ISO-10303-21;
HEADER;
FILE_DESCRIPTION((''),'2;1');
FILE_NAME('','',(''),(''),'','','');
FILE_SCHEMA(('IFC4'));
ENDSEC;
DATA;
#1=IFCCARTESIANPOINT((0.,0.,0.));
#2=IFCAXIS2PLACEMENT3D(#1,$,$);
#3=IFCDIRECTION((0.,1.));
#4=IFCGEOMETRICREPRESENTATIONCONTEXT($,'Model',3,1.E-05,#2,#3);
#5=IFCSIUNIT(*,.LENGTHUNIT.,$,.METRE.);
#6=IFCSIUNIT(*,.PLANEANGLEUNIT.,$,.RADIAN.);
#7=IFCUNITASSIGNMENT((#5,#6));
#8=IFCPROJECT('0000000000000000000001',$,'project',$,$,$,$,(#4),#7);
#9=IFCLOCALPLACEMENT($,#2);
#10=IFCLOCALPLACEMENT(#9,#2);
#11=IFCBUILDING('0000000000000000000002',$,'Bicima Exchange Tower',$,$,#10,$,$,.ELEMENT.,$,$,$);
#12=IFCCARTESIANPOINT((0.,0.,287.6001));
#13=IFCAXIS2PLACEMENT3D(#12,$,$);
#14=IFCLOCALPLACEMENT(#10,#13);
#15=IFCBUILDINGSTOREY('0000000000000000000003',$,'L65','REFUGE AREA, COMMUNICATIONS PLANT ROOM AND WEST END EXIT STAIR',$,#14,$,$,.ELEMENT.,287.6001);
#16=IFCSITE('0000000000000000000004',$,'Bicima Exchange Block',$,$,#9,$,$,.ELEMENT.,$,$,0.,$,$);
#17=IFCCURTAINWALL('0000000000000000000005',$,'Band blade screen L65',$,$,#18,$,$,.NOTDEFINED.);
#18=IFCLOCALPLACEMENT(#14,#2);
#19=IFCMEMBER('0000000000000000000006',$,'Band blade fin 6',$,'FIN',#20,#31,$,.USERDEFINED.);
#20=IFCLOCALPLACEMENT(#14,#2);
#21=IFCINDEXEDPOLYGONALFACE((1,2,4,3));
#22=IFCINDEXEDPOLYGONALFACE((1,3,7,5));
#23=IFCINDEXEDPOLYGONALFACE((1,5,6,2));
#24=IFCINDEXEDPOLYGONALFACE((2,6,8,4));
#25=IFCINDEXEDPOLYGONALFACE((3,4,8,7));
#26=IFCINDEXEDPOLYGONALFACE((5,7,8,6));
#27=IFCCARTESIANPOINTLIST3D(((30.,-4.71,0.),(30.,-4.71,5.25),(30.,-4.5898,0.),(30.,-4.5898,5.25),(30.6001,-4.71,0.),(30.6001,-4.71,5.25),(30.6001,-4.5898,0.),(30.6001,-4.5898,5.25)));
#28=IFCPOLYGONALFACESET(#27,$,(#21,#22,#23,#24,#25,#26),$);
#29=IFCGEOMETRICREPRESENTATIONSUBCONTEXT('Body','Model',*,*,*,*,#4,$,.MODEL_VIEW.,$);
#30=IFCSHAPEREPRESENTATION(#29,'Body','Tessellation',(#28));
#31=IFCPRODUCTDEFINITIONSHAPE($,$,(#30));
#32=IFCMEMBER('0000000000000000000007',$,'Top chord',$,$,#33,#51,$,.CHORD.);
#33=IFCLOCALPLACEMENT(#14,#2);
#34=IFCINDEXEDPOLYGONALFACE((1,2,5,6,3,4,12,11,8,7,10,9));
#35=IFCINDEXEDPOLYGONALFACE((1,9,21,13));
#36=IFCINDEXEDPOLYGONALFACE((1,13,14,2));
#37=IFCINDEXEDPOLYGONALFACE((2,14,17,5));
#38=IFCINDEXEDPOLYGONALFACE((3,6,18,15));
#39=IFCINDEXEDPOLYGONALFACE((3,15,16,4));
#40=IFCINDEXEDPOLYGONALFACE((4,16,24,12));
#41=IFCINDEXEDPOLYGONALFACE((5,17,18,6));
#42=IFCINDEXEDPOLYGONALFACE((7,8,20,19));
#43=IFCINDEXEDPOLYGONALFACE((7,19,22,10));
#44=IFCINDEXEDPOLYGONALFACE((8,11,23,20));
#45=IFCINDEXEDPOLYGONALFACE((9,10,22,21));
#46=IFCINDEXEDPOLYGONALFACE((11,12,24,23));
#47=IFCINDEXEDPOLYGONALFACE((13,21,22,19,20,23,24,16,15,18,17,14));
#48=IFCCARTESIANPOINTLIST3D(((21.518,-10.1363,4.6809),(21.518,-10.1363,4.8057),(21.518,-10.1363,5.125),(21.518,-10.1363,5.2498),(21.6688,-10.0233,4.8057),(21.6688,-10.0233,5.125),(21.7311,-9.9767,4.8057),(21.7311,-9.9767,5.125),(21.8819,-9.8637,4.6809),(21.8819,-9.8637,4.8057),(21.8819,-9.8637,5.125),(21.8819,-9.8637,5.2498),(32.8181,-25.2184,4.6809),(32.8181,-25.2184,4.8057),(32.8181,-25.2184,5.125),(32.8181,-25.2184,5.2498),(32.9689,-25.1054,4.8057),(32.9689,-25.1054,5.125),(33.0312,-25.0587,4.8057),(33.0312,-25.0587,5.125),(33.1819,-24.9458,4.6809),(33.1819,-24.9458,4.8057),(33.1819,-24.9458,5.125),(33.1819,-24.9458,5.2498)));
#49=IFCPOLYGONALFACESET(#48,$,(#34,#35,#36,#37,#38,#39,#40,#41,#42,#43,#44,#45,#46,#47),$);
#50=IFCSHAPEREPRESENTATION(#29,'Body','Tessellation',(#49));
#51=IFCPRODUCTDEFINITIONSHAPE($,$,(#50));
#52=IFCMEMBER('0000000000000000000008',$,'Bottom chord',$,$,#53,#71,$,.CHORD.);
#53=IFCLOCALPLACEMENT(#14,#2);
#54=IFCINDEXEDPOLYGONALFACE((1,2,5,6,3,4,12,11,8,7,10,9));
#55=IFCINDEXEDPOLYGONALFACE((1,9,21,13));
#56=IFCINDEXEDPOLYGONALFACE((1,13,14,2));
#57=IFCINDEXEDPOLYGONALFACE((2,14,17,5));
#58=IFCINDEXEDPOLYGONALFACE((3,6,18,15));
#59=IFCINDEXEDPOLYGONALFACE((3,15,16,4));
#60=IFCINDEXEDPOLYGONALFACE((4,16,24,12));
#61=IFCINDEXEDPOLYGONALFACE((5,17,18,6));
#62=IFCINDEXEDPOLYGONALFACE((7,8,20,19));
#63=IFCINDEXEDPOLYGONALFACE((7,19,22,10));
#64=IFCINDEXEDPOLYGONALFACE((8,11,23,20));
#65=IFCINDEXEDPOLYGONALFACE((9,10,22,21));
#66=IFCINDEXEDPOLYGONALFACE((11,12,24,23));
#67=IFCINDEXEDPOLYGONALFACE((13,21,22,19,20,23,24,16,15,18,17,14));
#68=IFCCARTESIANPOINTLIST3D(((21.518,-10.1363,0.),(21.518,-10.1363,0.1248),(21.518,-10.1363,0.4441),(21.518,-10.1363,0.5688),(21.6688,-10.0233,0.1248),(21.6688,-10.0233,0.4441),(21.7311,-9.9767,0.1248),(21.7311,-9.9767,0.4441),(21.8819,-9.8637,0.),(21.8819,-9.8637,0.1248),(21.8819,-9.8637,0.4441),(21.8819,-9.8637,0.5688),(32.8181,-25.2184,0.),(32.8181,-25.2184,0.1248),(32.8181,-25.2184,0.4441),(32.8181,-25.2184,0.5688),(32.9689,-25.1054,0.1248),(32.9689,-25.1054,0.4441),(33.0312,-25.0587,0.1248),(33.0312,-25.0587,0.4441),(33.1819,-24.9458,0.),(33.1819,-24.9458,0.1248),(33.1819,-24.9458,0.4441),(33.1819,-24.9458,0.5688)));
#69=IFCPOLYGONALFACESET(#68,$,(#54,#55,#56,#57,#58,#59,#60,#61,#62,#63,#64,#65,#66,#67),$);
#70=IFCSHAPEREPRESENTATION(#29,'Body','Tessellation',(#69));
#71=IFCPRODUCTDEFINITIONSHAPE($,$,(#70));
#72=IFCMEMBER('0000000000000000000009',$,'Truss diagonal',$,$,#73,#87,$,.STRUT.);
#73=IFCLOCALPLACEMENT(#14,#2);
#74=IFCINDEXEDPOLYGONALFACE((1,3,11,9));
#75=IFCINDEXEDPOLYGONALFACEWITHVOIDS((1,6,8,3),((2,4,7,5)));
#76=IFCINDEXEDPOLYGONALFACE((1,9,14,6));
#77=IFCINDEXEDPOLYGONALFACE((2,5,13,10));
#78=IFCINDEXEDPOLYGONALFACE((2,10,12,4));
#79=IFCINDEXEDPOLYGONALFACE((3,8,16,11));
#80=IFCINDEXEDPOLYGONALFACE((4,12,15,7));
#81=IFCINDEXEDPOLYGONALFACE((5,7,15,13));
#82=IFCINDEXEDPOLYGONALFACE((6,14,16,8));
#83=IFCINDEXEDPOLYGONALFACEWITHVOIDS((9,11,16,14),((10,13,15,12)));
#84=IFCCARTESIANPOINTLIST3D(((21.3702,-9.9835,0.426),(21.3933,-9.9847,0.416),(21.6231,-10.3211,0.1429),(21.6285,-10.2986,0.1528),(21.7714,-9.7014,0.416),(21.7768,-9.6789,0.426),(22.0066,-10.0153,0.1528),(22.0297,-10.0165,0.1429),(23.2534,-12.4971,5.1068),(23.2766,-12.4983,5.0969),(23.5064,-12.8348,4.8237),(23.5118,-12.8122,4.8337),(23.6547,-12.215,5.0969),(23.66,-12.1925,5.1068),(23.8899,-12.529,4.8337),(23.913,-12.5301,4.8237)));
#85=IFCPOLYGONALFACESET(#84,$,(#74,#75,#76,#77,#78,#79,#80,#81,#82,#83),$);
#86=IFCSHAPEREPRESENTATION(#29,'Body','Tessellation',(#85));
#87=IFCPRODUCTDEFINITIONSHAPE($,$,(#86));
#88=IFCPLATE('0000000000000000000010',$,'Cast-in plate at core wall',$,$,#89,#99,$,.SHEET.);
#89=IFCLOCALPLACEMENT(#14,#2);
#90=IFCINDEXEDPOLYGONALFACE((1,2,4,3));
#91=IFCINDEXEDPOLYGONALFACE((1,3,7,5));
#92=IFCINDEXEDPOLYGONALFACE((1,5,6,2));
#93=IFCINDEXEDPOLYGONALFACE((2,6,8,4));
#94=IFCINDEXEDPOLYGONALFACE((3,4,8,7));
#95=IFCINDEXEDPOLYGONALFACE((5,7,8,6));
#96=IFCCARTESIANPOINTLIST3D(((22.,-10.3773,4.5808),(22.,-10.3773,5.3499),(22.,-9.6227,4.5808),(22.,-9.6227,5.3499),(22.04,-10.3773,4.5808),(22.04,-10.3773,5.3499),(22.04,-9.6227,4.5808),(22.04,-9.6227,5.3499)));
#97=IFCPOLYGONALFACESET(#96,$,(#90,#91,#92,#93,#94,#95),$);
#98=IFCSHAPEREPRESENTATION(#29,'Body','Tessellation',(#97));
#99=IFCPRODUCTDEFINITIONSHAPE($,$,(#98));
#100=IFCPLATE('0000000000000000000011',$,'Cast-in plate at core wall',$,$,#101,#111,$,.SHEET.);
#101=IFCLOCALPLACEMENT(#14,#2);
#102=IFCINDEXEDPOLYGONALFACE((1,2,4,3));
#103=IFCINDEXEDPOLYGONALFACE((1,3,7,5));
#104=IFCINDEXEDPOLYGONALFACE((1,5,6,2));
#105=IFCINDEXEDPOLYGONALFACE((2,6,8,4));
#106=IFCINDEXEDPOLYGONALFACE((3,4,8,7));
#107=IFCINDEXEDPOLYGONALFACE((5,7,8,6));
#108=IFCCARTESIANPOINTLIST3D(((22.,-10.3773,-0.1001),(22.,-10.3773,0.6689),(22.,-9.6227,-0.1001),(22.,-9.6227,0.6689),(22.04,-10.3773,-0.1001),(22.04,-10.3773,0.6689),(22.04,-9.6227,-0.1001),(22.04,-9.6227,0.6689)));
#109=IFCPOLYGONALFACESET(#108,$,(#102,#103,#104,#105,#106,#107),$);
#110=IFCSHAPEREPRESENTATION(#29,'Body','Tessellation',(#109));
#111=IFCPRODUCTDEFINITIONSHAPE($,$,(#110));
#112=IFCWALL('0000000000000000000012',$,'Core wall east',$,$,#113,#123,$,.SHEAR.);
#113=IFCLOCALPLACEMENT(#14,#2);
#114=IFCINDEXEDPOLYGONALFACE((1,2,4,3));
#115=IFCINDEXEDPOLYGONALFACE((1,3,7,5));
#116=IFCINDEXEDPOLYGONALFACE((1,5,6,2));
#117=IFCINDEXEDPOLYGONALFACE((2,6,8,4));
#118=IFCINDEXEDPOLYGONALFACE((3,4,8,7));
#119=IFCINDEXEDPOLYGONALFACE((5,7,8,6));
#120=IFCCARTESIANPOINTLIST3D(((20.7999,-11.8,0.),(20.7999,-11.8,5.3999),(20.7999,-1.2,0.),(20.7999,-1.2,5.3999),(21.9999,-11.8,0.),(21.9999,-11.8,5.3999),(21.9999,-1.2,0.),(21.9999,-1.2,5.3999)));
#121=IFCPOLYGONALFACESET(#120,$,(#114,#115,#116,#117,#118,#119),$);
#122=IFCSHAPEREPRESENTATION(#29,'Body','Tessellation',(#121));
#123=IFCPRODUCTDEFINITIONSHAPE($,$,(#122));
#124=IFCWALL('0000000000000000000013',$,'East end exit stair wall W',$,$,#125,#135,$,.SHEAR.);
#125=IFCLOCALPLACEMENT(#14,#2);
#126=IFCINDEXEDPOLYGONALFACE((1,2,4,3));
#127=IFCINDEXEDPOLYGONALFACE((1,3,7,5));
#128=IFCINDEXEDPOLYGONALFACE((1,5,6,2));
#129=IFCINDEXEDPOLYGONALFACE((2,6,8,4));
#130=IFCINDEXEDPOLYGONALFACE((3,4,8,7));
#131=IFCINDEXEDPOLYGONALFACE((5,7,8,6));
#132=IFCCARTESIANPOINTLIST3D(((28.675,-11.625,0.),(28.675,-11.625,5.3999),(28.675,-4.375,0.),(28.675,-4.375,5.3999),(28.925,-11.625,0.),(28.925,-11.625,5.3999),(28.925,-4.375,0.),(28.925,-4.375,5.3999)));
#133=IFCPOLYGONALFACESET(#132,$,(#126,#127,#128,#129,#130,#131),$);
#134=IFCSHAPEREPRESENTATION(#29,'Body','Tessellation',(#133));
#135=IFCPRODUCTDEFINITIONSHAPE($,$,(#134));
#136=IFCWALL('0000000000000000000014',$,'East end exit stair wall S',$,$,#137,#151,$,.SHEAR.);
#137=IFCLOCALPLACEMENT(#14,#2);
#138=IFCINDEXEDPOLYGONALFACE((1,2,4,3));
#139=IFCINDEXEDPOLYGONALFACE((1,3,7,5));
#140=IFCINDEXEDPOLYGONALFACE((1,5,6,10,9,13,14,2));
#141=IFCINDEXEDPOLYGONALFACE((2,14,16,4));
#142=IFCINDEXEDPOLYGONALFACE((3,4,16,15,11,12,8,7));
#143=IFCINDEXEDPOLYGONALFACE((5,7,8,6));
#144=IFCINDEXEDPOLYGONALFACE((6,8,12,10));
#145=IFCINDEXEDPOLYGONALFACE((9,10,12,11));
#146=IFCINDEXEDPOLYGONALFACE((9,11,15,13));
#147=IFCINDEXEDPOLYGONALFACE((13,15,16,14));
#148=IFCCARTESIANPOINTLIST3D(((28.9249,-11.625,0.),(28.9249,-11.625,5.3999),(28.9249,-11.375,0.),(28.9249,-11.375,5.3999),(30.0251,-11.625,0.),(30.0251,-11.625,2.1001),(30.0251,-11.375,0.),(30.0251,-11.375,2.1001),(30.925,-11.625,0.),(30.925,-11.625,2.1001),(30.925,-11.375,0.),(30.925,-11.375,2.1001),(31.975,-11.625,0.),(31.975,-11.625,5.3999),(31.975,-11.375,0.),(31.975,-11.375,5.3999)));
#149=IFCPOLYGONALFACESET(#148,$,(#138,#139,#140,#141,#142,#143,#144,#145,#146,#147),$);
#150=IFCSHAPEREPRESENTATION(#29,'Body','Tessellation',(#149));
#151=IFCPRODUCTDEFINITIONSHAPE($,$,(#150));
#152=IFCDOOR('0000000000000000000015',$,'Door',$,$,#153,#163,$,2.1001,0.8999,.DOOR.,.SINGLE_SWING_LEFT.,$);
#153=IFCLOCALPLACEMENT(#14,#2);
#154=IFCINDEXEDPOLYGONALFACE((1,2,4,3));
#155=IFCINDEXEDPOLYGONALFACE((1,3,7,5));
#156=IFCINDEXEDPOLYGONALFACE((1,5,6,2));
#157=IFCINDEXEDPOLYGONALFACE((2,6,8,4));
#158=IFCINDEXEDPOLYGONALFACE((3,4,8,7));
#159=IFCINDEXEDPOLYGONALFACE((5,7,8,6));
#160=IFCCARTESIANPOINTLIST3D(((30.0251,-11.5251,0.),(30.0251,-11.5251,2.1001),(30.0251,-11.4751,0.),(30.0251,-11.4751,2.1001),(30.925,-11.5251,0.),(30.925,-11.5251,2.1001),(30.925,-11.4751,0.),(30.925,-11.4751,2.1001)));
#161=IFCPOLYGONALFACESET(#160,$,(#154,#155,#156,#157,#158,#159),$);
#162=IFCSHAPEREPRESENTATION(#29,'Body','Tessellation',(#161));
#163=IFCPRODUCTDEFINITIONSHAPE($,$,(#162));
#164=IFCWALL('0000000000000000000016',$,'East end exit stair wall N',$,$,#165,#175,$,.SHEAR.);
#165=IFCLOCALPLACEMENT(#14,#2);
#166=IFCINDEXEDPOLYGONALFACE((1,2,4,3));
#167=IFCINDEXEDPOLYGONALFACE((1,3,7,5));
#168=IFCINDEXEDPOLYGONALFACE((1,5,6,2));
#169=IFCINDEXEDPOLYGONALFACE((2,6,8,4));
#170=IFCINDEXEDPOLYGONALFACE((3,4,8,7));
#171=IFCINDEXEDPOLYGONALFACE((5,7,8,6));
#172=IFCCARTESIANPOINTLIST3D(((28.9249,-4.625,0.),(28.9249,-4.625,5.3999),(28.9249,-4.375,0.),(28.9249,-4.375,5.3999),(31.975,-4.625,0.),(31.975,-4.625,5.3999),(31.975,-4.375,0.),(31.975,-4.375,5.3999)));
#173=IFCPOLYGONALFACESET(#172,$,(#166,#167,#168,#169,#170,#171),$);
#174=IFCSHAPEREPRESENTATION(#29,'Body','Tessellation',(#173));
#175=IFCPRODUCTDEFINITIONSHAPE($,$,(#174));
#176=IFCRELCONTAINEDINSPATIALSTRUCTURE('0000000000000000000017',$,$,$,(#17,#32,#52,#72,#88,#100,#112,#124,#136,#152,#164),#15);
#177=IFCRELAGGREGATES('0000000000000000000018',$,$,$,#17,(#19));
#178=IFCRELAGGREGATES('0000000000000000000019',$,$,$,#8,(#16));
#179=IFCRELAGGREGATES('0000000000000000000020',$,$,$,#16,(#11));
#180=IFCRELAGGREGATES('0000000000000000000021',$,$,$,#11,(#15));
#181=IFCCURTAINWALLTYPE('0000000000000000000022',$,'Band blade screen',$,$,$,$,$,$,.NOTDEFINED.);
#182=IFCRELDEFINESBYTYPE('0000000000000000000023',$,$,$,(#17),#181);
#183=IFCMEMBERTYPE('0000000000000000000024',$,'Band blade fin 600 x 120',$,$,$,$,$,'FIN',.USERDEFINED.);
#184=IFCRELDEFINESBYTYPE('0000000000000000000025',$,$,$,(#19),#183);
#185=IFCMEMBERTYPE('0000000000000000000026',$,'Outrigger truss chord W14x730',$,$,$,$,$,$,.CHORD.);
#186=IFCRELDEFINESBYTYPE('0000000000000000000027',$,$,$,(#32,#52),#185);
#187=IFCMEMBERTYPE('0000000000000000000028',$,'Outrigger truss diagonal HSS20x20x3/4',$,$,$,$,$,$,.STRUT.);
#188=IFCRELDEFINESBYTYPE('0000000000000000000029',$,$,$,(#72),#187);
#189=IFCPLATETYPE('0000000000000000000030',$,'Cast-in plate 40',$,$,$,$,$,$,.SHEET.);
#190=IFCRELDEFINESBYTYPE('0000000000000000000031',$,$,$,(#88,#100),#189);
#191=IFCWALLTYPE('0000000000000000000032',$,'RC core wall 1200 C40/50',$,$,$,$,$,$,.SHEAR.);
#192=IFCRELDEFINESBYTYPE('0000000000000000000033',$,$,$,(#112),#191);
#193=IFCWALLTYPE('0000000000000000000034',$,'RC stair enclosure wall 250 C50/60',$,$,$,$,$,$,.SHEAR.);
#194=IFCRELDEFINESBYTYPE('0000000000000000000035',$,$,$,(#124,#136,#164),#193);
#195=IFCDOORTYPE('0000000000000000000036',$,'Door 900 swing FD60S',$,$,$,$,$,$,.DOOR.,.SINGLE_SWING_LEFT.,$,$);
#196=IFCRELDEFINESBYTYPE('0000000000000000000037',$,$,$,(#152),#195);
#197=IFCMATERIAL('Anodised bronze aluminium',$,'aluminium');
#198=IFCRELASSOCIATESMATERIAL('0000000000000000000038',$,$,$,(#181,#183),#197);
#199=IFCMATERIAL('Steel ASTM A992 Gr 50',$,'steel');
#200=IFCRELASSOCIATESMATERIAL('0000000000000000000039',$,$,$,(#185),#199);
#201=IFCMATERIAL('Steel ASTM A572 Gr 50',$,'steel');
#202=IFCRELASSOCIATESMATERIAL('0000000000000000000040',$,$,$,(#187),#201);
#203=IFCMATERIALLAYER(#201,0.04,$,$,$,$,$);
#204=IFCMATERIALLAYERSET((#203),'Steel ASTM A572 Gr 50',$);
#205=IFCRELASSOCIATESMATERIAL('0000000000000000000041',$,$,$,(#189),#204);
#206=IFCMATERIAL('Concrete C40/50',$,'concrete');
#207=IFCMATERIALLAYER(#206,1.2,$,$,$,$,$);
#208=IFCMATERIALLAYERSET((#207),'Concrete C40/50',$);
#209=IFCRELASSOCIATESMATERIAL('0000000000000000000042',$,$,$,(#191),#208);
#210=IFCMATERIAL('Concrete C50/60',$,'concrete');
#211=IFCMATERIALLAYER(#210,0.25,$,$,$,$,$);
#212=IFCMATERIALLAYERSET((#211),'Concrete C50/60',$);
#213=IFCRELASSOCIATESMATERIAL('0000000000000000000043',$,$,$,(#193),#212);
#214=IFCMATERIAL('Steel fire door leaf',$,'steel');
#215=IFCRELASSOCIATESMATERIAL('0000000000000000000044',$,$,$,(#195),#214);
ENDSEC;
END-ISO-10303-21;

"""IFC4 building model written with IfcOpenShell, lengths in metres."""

from ifc_helpers import new_model, si_unit, direction, frame, frame_2d, origin, origin_2d, place, context, subcontext, project, spatial, rectangle, hollow_rectangle, i_section, extrude, material, layer, layer_set, material_profile, profile_set, type_object, element, fill, aggregate, save


model = new_model("IFC4")

# Units and contexts
model_context = context("Model", 3, precision=1e-05, world=origin(), true_north=direction((0.0, 1.0)))
body_context = subcontext(model_context, "Body", "Model", "MODEL_VIEW")
ifc_project = project(units=[si_unit("LENGTHUNIT", "METRE"), si_unit("PLANEANGLEUNIT", "RADIAN")], contexts=[model_context])

# Site, building, storey
site_placement = place(None, origin())
site = spatial("IfcSite", under=ifc_project, at=site_placement, Name="Bicima Exchange Block", CompositionType="ELEMENT", RefElevation=0.0)
building_placement = place(site_placement, origin())
building = spatial("IfcBuilding", under=site, at=building_placement, Name="Bicima Exchange Tower", CompositionType="ELEMENT")
storey_placement = place(building_placement, frame((0.0, 0.0, 287.6001)))
storey = spatial("IfcBuildingStorey", under=building, at=storey_placement, Name="L65", Description="REFUGE AREA, COMMUNICATIONS PLANT ROOM AND WEST END EXIT STAIR", CompositionType="ELEMENT", Elevation=287.6001)

# Curtain wall, member
ifc_material_1 = material(Name="Anodised bronze aluminium", Category="aluminium")
curtain_wall_type = type_object("IfcCurtainWallType", Name="Band blade screen", PredefinedType="NOTDEFINED", material=ifc_material_1)
curtain_wall_placement = place(storey_placement, origin())
curtain_wall = element("IfcCurtainWall", 1, at=curtain_wall_placement, inside=storey, type_object=curtain_wall_type, Name="Band blade screen L65", PredefinedType="NOTDEFINED")
ifc_material_profile_1 = material_profile(ifc_material_1, rectangle(XDim=0.6001, YDim=0.1201, at=origin_2d()))
ifc_profile_set_1 = profile_set([ifc_material_profile_1], Name="Anodised bronze aluminium")
member_type_1 = type_object("IfcMemberType", Name="Band blade fin 600 x 120", ElementType="FIN", PredefinedType="USERDEFINED", material=ifc_profile_set_1)
member_1_placement = place(storey_placement, frame((30.3, -4.6499, 0.0), z_axis=(0.0, 0.0, 1.0), x_axis=(-1.0, 0.0, 0.0)))
member_1 = element("IfcMember", 2, at=member_1_placement, type_object=member_type_1, Name="Band blade fin 6", ObjectType="FIN", PredefinedType="USERDEFINED", context=body_context, shape_type="SweptSolid", body=[
    extrude(rectangle(XDim=0.6001, YDim=0.1201, at=origin_2d()), origin(), (0.0, 0.0, 1.0), 5.25),
])
aggregate(curtain_wall, [member_1])

# Members
ifc_material_2 = material(Name="Steel ASTM A992 Gr 50", Category="steel")
ifc_material_profile_2 = material_profile(ifc_material_2, i_section(OverallWidth=0.4546, OverallDepth=0.5688, WebThickness=0.0779, FlangeThickness=0.1248, at=origin_2d()))
ifc_profile_set_2 = profile_set([ifc_material_profile_2], Name="Steel ASTM A992 Gr 50")
member_type_2 = type_object("IfcMemberType", Name="Outrigger truss chord W14x730", PredefinedType="CHORD", material=ifc_profile_set_2)
for number, where, z_axis, x_axis, name in (
    (3, (21.7, -10.0, 4.9653), (0.59961, -0.800292, 0.0), (0.800292, 0.59961, 0.0), "Top chord"),
    (4, (21.7, -10.0, 0.2844), (0.59961, -0.800292, 0.0), (0.800292, 0.59961, 0.0), "Bottom chord"),
):
    element("IfcMember", number, at=place(storey_placement, frame(where, z_axis=z_axis, x_axis=x_axis)), inside=storey, type_object=member_type_2, Name=name, PredefinedType="CHORD", context=body_context, shape_type="SweptSolid", body=[
        extrude(i_section(OverallWidth=0.4546, OverallDepth=0.5688, WebThickness=0.0779, FlangeThickness=0.1248, at=origin_2d()), origin(), (0.0, 0.0, 1.0), 18.8457),
    ])
ifc_material_3 = material(Name="Steel ASTM A572 Gr 50", Category="steel")
ifc_material_profile_3 = material_profile(ifc_material_3, hollow_rectangle(XDim=0.5081, YDim=0.5081, WallThickness=0.0178, at=origin_2d()))
ifc_profile_set_3 = profile_set([ifc_material_profile_3], Name="Steel ASTM A572 Gr 50")
member_type_3 = type_object("IfcMemberType", Name="Outrigger truss diagonal HSS20x20x3/4", PredefinedType="STRUT", material=ifc_profile_set_3)
member_2_placement = place(storey_placement, frame((21.7, -10.0, 0.2844), z_axis=(0.334094, -0.44592, 0.830383), x_axis=(0.800298, 0.599602, 0.0)))
element("IfcMember", 5, at=member_2_placement, inside=storey, type_object=member_type_3, Name="Truss diagonal", PredefinedType="STRUT", context=body_context, shape_type="SweptSolid", body=[
    extrude(hollow_rectangle(XDim=0.5081, YDim=0.5081, WallThickness=0.0178, at=origin_2d()), origin(), (0.0, 0.0, 1.0), 5.637),
])

# Plates
ifc_layer_1 = layer(ifc_material_3, 0.04)
ifc_layer_set_1 = layer_set([ifc_layer_1], Name="Steel ASTM A572 Gr 50")
plate_type = type_object("IfcPlateType", Name="Cast-in plate 40", PredefinedType="SHEET", material=ifc_layer_set_1)
for number, where, z_axis, x_axis, name in (
    (6, (22.02, -10.0, 4.5808), (0.0, 0.0, 1.0), (1.0, 0.0, 0.0), "Cast-in plate at core wall"),
    (7, (22.02, -10.0, -0.1001), (0.0, 0.0, 1.0), (1.0, 0.0, 0.0), "Cast-in plate at core wall"),
):
    element("IfcPlate", number, at=place(storey_placement, frame(where, z_axis=z_axis, x_axis=x_axis)), inside=storey, type_object=plate_type, Name=name, PredefinedType="SHEET", context=body_context, shape_type="SweptSolid", body=[
        extrude(rectangle(XDim=0.04, YDim=0.7546, at=origin_2d()), origin(), (0.0, 0.0, 1.0), 0.769),
    ])

# Walls
ifc_material_4 = material(Name="Concrete C40/50", Category="concrete")
ifc_layer_2 = layer(ifc_material_4, 1.2)
ifc_layer_set_2 = layer_set([ifc_layer_2], Name="Concrete C40/50")
wall_type_1 = type_object("IfcWallType", Name="RC core wall 1200 C40/50", PredefinedType="SHEAR", material=ifc_layer_set_2)
wall_1_placement = place(storey_placement, frame((21.3999, -11.8, 0.0), z_axis=(0.0, 0.0, 1.0), x_axis=(0.0, 1.0, 0.0)))
element("IfcWall", 8, at=wall_1_placement, inside=storey, type_object=wall_type_1, Name="Core wall east", PredefinedType="SHEAR", context=body_context, shape_type="SweptSolid", body=[
    extrude(rectangle(XDim=10.6001, YDim=1.2, at=frame_2d((5.3, 0.0))), origin(), (0.0, 0.0, 1.0), 5.3999),
])
ifc_material_5 = material(Name="Concrete C50/60", Category="concrete")
ifc_layer_3 = layer(ifc_material_5, 0.25)
ifc_layer_set_3 = layer_set([ifc_layer_3], Name="Concrete C50/60")
wall_type_2 = type_object("IfcWallType", Name="RC stair enclosure wall 250 C50/60", PredefinedType="SHEAR", material=ifc_layer_set_3)
wall_2_placement = place(storey_placement, frame((28.8, -11.625, 0.0), z_axis=(0.0, 0.0, 1.0), x_axis=(0.0, 1.0, 0.0)))
element("IfcWall", 9, at=wall_2_placement, inside=storey, type_object=wall_type_2, Name="East end exit stair wall W", PredefinedType="SHEAR", context=body_context, shape_type="SweptSolid", body=[
    extrude(rectangle(XDim=7.25, YDim=0.25, at=frame_2d((3.625, 0.0))), origin(), (0.0, 0.0, 1.0), 5.3999),
])

# Wall, opening, door
wall_3_placement = place(storey_placement, frame((28.925, -11.5, 0.0), z_axis=(0.0, 0.0, 1.0), x_axis=(1.0, 0.0, 0.0)))
wall_3 = element("IfcWall", 10, at=wall_3_placement, inside=storey, type_object=wall_type_2, Name="East end exit stair wall S", PredefinedType="SHEAR", context=body_context, shape_type="SweptSolid", body=[
    extrude(rectangle(XDim=3.05, YDim=0.25, at=frame_2d((1.5249, 0.0))), origin(), (0.0, 0.0, 1.0), 5.3999),
])
opening_placement = place(wall_3_placement, frame((1.1001, 0.0, 0.0)))
opening = element("IfcOpeningElement", 11, at=opening_placement, cuts=wall_3, PredefinedType="OPENING", context=body_context, shape_type="SweptSolid", body=[
    extrude(rectangle(XDim=0.8999, YDim=2.1001, at=frame_2d((0.45, 1.05))), frame((0.0, 0.137, 0.0), z_axis=(0.0, -1.0, 0.0), x_axis=(1.0, 0.0, 0.0)), (0.0, 0.0, 1.0), 0.2739),
])
ifc_material_6 = material(Name="Steel fire door leaf", Category="steel")
door_type = type_object("IfcDoorType", Name="Door 900 swing FD60S", OperationType="SINGLE_SWING_LEFT", PredefinedType="DOOR", material=ifc_material_6)
door_placement = place(opening_placement, origin())
door = element("IfcDoor", 12, at=door_placement, inside=storey, type_object=door_type, Name="Door", OperationType="SINGLE_SWING_LEFT", OverallHeight=2.1001, OverallWidth=0.8999, PredefinedType="DOOR", context=body_context, shape_type="SweptSolid", body=[
    extrude(rectangle(XDim=0.8999, YDim=2.1001, at=frame_2d((0.45, 1.05))), frame((0.0, 0.0249, 0.0), z_axis=(0.0, -1.0, 0.0), x_axis=(1.0, 0.0, 0.0)), (0.0, 0.0, 1.0), 0.05),
])
fill(opening, door)

# Wall
wall_4_placement = place(storey_placement, frame((28.925, -4.5, 0.0), z_axis=(0.0, 0.0, 1.0), x_axis=(1.0, 0.0, 0.0)))
element("IfcWall", 13, at=wall_4_placement, inside=storey, type_object=wall_type_2, Name="East end exit stair wall N", PredefinedType="SHEAR", context=body_context, shape_type="SweptSolid", body=[
    extrude(rectangle(XDim=3.05, YDim=0.25, at=frame_2d((1.5249, 0.0))), origin(), (0.0, 0.0, 1.0), 5.3999),
])

save(model, "model.ifc")
